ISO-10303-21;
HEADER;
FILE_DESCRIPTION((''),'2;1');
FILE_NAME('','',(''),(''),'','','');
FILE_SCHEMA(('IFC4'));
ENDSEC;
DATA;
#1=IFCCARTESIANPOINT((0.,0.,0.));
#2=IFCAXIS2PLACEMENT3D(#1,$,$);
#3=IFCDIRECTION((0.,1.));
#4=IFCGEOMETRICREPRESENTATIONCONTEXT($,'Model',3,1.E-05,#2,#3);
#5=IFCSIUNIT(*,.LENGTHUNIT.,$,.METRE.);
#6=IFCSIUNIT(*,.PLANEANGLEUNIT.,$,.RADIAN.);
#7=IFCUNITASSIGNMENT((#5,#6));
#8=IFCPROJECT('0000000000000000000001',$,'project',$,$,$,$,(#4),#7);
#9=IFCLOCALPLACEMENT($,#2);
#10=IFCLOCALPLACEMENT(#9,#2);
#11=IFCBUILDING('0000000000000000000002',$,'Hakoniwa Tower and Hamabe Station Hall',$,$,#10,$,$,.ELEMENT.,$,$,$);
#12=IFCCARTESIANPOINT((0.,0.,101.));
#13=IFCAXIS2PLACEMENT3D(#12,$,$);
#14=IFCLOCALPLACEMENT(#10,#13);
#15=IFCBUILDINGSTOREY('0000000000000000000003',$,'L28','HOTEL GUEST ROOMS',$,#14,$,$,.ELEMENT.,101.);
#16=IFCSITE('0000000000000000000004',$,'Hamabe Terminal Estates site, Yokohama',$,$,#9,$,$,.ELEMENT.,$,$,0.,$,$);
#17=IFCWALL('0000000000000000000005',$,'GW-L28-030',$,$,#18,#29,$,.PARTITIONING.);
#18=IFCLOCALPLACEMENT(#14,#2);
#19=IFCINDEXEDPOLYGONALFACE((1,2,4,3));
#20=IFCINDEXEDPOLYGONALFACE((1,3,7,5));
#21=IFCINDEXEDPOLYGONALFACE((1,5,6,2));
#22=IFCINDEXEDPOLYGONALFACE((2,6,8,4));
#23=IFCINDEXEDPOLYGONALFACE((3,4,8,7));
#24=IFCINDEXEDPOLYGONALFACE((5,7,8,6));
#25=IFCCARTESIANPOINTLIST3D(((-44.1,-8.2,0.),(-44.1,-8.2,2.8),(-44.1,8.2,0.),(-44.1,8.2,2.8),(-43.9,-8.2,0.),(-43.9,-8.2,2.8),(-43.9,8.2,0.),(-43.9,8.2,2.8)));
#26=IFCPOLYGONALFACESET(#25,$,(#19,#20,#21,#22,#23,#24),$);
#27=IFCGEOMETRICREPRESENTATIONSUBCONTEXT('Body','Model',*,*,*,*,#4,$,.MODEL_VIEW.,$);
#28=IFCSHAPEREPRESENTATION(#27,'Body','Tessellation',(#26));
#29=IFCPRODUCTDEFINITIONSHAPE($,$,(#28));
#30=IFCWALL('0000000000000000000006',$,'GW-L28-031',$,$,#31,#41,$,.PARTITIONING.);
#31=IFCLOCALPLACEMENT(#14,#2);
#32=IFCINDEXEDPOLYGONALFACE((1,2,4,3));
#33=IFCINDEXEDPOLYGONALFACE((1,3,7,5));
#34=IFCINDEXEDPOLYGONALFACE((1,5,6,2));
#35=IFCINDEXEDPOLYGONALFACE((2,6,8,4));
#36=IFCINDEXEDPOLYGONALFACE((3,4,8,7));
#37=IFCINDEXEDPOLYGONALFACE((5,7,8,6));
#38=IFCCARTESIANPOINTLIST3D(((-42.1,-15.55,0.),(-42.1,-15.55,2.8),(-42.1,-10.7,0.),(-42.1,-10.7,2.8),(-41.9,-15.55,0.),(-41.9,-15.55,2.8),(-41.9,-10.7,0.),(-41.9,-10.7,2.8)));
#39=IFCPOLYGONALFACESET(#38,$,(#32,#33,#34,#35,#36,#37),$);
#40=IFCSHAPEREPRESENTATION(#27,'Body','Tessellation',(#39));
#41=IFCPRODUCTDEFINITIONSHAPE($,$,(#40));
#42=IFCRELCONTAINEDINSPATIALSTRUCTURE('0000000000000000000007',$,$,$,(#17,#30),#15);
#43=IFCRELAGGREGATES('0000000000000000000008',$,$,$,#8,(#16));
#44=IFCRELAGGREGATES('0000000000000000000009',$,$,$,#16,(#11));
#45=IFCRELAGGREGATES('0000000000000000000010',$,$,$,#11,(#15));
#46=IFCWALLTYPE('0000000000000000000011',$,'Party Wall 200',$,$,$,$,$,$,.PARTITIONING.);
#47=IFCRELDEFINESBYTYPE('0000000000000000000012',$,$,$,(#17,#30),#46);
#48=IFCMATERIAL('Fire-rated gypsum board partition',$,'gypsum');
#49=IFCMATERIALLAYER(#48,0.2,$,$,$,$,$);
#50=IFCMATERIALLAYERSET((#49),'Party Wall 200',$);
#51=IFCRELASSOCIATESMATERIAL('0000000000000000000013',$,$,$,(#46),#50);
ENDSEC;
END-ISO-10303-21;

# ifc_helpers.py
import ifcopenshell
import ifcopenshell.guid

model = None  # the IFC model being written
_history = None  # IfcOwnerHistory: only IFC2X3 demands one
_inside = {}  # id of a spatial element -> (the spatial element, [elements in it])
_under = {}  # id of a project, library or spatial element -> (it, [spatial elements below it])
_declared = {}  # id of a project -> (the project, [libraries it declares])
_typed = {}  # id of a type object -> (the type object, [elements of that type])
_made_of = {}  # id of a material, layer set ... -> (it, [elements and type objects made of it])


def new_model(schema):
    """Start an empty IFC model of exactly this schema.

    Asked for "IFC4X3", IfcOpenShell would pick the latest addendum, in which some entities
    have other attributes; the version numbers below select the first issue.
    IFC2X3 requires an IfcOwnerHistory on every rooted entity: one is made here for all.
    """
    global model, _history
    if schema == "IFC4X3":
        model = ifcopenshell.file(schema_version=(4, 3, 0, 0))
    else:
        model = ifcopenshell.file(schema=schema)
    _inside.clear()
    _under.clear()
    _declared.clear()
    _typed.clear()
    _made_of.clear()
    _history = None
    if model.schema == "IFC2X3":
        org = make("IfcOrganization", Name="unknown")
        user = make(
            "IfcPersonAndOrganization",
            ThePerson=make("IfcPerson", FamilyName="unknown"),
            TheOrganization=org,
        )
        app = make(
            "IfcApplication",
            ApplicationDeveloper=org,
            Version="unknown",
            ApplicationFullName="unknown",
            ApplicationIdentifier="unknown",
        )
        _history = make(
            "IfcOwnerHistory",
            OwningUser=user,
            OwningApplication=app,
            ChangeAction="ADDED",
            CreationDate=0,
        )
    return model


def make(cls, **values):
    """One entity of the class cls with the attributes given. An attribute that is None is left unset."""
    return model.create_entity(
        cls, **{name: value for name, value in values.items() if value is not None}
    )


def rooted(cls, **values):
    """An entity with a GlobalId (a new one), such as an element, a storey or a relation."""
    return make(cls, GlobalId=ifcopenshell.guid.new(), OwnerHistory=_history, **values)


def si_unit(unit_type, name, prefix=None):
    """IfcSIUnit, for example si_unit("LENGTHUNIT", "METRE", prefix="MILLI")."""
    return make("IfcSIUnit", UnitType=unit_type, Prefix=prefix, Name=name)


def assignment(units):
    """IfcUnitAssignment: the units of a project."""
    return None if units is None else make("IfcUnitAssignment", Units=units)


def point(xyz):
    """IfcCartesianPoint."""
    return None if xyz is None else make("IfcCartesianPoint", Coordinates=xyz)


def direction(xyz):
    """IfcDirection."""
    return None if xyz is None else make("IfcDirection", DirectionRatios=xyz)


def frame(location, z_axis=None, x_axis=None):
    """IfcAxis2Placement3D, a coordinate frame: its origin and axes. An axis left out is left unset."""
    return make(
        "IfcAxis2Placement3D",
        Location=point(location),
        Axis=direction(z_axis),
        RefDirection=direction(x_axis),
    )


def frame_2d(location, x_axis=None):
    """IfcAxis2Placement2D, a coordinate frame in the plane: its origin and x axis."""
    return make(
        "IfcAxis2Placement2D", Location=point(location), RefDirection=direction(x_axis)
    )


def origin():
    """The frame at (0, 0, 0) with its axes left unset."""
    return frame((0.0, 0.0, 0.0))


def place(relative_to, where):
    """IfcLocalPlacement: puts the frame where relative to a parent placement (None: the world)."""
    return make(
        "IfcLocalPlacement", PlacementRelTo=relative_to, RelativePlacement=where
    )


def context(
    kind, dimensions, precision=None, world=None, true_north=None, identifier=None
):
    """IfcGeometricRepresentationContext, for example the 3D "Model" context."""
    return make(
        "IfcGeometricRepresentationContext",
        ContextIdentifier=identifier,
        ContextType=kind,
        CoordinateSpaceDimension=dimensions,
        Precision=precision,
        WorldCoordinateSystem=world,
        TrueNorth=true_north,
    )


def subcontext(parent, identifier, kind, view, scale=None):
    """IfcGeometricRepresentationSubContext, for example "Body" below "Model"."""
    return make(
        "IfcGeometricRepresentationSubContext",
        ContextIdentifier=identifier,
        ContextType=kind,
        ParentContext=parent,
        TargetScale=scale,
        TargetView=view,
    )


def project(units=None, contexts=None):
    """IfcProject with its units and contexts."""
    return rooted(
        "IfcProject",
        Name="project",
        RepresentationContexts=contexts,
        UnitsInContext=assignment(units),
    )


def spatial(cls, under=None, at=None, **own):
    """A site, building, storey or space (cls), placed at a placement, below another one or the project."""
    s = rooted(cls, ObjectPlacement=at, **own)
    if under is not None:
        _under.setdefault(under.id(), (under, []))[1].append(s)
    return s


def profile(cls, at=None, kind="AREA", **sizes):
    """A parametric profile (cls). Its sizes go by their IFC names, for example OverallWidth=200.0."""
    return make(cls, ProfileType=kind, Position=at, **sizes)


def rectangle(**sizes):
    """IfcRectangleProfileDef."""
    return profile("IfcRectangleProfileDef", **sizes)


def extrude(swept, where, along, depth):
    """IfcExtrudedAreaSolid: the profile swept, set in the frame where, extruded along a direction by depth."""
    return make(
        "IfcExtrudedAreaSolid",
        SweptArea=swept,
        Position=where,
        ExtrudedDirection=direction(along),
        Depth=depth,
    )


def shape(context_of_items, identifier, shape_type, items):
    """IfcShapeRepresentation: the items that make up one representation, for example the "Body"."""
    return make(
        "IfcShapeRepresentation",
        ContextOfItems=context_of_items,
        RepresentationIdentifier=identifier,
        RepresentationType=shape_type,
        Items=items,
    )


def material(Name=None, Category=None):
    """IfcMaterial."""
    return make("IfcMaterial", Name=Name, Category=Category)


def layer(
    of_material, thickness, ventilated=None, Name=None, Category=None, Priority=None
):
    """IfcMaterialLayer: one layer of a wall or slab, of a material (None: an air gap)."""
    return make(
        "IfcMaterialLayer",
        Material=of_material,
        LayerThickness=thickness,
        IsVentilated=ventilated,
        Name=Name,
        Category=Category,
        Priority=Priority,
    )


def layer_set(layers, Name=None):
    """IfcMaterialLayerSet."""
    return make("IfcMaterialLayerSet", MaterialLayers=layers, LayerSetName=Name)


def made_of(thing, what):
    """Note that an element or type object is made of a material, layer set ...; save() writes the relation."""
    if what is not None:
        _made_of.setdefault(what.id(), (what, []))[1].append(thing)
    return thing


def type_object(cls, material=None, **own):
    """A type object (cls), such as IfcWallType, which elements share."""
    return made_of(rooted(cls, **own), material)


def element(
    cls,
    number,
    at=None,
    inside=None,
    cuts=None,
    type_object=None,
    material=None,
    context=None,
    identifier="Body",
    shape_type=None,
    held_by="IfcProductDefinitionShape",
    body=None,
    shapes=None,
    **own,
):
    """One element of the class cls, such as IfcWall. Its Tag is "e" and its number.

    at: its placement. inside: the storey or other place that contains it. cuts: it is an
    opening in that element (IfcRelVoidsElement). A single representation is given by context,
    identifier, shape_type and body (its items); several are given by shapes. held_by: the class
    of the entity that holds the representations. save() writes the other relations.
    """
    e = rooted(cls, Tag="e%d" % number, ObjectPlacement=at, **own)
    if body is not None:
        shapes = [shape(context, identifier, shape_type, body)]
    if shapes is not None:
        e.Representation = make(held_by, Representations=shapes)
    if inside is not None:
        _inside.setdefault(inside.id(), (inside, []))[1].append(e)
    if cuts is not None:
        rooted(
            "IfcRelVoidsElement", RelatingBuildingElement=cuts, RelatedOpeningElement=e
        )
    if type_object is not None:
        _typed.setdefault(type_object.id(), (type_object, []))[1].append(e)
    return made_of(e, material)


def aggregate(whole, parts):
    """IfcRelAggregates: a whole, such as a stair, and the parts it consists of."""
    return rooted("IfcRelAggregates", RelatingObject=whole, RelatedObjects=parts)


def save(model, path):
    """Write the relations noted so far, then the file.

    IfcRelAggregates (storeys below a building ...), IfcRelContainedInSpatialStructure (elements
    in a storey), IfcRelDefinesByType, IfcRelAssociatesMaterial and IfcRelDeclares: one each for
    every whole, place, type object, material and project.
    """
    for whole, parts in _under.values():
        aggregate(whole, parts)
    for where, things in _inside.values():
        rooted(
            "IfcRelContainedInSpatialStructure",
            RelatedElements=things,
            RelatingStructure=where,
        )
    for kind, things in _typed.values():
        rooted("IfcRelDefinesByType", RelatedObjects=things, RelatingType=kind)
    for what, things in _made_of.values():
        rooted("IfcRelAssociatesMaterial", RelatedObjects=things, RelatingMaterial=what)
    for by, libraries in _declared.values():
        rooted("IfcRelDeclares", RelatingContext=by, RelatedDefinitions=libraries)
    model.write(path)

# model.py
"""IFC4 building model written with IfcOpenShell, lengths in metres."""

from ifc_helpers import new_model, si_unit, direction, frame, frame_2d, origin, place, context, subcontext, project, spatial, rectangle, extrude, material, layer, layer_set, type_object, element, save


model = new_model("IFC4")

# Units and contexts
model_context = context("Model", 3, precision=1e-05, world=origin(), true_north=direction((0.0, 1.0)))
body_context = subcontext(model_context, "Body", "Model", "MODEL_VIEW")
ifc_project = project(units=[si_unit("LENGTHUNIT", "METRE"), si_unit("PLANEANGLEUNIT", "RADIAN")], contexts=[model_context])

# Site, building, storey
site_placement = place(None, origin())
site = spatial("IfcSite", under=ifc_project, at=site_placement, Name="Hamabe Terminal Estates site, Yokohama", CompositionType="ELEMENT", RefElevation=0.0)
building_placement = place(site_placement, origin())
building = spatial("IfcBuilding", under=site, at=building_placement, Name="Hakoniwa Tower and Hamabe Station Hall", CompositionType="ELEMENT")
storey_placement = place(building_placement, frame((0.0, 0.0, 101.0)))
storey = spatial("IfcBuildingStorey", under=building, at=storey_placement, Name="L28", Description="HOTEL GUEST ROOMS", CompositionType="ELEMENT", Elevation=101.0)

# Walls
ifc_material_1 = material(Name="Fire-rated gypsum board partition", Category="gypsum")
ifc_layer_1 = layer(ifc_material_1, 0.2)
ifc_layer_set_1 = layer_set([ifc_layer_1], Name="Party Wall 200")
wall_type_1 = type_object("IfcWallType", Name="Party Wall 200", PredefinedType="PARTITIONING", material=ifc_layer_set_1)
wall_1_placement = place(storey_placement, frame((-44.0, -8.2, 0.0), z_axis=(0.0, 0.0, 1.0), x_axis=(0.0, 1.0, 0.0)))
element("IfcWall", 1, at=wall_1_placement, inside=storey, type_object=wall_type_1, Name="GW-L28-030", PredefinedType="PARTITIONING", context=body_context, shape_type="SweptSolid", body=[
    extrude(rectangle(XDim=16.3999, YDim=0.2, at=frame_2d((8.2, 0.0))), origin(), (0.0, 0.0, 1.0), 2.8),
])
wall_2_placement = place(storey_placement, frame((-42.0, -15.55, 0.0), z_axis=(0.0, 0.0, 1.0), x_axis=(0.0, 1.0, 0.0)))
element("IfcWall", 2, at=wall_2_placement, inside=storey, type_object=wall_type_1, Name="GW-L28-031", PredefinedType="PARTITIONING", context=body_context, shape_type="SweptSolid", body=[
    extrude(rectangle(XDim=4.8501, YDim=0.2, at=frame_2d((2.425, 0.0))), origin(), (0.0, 0.0, 1.0), 2.8),
])

save(model, "model.ifc")
